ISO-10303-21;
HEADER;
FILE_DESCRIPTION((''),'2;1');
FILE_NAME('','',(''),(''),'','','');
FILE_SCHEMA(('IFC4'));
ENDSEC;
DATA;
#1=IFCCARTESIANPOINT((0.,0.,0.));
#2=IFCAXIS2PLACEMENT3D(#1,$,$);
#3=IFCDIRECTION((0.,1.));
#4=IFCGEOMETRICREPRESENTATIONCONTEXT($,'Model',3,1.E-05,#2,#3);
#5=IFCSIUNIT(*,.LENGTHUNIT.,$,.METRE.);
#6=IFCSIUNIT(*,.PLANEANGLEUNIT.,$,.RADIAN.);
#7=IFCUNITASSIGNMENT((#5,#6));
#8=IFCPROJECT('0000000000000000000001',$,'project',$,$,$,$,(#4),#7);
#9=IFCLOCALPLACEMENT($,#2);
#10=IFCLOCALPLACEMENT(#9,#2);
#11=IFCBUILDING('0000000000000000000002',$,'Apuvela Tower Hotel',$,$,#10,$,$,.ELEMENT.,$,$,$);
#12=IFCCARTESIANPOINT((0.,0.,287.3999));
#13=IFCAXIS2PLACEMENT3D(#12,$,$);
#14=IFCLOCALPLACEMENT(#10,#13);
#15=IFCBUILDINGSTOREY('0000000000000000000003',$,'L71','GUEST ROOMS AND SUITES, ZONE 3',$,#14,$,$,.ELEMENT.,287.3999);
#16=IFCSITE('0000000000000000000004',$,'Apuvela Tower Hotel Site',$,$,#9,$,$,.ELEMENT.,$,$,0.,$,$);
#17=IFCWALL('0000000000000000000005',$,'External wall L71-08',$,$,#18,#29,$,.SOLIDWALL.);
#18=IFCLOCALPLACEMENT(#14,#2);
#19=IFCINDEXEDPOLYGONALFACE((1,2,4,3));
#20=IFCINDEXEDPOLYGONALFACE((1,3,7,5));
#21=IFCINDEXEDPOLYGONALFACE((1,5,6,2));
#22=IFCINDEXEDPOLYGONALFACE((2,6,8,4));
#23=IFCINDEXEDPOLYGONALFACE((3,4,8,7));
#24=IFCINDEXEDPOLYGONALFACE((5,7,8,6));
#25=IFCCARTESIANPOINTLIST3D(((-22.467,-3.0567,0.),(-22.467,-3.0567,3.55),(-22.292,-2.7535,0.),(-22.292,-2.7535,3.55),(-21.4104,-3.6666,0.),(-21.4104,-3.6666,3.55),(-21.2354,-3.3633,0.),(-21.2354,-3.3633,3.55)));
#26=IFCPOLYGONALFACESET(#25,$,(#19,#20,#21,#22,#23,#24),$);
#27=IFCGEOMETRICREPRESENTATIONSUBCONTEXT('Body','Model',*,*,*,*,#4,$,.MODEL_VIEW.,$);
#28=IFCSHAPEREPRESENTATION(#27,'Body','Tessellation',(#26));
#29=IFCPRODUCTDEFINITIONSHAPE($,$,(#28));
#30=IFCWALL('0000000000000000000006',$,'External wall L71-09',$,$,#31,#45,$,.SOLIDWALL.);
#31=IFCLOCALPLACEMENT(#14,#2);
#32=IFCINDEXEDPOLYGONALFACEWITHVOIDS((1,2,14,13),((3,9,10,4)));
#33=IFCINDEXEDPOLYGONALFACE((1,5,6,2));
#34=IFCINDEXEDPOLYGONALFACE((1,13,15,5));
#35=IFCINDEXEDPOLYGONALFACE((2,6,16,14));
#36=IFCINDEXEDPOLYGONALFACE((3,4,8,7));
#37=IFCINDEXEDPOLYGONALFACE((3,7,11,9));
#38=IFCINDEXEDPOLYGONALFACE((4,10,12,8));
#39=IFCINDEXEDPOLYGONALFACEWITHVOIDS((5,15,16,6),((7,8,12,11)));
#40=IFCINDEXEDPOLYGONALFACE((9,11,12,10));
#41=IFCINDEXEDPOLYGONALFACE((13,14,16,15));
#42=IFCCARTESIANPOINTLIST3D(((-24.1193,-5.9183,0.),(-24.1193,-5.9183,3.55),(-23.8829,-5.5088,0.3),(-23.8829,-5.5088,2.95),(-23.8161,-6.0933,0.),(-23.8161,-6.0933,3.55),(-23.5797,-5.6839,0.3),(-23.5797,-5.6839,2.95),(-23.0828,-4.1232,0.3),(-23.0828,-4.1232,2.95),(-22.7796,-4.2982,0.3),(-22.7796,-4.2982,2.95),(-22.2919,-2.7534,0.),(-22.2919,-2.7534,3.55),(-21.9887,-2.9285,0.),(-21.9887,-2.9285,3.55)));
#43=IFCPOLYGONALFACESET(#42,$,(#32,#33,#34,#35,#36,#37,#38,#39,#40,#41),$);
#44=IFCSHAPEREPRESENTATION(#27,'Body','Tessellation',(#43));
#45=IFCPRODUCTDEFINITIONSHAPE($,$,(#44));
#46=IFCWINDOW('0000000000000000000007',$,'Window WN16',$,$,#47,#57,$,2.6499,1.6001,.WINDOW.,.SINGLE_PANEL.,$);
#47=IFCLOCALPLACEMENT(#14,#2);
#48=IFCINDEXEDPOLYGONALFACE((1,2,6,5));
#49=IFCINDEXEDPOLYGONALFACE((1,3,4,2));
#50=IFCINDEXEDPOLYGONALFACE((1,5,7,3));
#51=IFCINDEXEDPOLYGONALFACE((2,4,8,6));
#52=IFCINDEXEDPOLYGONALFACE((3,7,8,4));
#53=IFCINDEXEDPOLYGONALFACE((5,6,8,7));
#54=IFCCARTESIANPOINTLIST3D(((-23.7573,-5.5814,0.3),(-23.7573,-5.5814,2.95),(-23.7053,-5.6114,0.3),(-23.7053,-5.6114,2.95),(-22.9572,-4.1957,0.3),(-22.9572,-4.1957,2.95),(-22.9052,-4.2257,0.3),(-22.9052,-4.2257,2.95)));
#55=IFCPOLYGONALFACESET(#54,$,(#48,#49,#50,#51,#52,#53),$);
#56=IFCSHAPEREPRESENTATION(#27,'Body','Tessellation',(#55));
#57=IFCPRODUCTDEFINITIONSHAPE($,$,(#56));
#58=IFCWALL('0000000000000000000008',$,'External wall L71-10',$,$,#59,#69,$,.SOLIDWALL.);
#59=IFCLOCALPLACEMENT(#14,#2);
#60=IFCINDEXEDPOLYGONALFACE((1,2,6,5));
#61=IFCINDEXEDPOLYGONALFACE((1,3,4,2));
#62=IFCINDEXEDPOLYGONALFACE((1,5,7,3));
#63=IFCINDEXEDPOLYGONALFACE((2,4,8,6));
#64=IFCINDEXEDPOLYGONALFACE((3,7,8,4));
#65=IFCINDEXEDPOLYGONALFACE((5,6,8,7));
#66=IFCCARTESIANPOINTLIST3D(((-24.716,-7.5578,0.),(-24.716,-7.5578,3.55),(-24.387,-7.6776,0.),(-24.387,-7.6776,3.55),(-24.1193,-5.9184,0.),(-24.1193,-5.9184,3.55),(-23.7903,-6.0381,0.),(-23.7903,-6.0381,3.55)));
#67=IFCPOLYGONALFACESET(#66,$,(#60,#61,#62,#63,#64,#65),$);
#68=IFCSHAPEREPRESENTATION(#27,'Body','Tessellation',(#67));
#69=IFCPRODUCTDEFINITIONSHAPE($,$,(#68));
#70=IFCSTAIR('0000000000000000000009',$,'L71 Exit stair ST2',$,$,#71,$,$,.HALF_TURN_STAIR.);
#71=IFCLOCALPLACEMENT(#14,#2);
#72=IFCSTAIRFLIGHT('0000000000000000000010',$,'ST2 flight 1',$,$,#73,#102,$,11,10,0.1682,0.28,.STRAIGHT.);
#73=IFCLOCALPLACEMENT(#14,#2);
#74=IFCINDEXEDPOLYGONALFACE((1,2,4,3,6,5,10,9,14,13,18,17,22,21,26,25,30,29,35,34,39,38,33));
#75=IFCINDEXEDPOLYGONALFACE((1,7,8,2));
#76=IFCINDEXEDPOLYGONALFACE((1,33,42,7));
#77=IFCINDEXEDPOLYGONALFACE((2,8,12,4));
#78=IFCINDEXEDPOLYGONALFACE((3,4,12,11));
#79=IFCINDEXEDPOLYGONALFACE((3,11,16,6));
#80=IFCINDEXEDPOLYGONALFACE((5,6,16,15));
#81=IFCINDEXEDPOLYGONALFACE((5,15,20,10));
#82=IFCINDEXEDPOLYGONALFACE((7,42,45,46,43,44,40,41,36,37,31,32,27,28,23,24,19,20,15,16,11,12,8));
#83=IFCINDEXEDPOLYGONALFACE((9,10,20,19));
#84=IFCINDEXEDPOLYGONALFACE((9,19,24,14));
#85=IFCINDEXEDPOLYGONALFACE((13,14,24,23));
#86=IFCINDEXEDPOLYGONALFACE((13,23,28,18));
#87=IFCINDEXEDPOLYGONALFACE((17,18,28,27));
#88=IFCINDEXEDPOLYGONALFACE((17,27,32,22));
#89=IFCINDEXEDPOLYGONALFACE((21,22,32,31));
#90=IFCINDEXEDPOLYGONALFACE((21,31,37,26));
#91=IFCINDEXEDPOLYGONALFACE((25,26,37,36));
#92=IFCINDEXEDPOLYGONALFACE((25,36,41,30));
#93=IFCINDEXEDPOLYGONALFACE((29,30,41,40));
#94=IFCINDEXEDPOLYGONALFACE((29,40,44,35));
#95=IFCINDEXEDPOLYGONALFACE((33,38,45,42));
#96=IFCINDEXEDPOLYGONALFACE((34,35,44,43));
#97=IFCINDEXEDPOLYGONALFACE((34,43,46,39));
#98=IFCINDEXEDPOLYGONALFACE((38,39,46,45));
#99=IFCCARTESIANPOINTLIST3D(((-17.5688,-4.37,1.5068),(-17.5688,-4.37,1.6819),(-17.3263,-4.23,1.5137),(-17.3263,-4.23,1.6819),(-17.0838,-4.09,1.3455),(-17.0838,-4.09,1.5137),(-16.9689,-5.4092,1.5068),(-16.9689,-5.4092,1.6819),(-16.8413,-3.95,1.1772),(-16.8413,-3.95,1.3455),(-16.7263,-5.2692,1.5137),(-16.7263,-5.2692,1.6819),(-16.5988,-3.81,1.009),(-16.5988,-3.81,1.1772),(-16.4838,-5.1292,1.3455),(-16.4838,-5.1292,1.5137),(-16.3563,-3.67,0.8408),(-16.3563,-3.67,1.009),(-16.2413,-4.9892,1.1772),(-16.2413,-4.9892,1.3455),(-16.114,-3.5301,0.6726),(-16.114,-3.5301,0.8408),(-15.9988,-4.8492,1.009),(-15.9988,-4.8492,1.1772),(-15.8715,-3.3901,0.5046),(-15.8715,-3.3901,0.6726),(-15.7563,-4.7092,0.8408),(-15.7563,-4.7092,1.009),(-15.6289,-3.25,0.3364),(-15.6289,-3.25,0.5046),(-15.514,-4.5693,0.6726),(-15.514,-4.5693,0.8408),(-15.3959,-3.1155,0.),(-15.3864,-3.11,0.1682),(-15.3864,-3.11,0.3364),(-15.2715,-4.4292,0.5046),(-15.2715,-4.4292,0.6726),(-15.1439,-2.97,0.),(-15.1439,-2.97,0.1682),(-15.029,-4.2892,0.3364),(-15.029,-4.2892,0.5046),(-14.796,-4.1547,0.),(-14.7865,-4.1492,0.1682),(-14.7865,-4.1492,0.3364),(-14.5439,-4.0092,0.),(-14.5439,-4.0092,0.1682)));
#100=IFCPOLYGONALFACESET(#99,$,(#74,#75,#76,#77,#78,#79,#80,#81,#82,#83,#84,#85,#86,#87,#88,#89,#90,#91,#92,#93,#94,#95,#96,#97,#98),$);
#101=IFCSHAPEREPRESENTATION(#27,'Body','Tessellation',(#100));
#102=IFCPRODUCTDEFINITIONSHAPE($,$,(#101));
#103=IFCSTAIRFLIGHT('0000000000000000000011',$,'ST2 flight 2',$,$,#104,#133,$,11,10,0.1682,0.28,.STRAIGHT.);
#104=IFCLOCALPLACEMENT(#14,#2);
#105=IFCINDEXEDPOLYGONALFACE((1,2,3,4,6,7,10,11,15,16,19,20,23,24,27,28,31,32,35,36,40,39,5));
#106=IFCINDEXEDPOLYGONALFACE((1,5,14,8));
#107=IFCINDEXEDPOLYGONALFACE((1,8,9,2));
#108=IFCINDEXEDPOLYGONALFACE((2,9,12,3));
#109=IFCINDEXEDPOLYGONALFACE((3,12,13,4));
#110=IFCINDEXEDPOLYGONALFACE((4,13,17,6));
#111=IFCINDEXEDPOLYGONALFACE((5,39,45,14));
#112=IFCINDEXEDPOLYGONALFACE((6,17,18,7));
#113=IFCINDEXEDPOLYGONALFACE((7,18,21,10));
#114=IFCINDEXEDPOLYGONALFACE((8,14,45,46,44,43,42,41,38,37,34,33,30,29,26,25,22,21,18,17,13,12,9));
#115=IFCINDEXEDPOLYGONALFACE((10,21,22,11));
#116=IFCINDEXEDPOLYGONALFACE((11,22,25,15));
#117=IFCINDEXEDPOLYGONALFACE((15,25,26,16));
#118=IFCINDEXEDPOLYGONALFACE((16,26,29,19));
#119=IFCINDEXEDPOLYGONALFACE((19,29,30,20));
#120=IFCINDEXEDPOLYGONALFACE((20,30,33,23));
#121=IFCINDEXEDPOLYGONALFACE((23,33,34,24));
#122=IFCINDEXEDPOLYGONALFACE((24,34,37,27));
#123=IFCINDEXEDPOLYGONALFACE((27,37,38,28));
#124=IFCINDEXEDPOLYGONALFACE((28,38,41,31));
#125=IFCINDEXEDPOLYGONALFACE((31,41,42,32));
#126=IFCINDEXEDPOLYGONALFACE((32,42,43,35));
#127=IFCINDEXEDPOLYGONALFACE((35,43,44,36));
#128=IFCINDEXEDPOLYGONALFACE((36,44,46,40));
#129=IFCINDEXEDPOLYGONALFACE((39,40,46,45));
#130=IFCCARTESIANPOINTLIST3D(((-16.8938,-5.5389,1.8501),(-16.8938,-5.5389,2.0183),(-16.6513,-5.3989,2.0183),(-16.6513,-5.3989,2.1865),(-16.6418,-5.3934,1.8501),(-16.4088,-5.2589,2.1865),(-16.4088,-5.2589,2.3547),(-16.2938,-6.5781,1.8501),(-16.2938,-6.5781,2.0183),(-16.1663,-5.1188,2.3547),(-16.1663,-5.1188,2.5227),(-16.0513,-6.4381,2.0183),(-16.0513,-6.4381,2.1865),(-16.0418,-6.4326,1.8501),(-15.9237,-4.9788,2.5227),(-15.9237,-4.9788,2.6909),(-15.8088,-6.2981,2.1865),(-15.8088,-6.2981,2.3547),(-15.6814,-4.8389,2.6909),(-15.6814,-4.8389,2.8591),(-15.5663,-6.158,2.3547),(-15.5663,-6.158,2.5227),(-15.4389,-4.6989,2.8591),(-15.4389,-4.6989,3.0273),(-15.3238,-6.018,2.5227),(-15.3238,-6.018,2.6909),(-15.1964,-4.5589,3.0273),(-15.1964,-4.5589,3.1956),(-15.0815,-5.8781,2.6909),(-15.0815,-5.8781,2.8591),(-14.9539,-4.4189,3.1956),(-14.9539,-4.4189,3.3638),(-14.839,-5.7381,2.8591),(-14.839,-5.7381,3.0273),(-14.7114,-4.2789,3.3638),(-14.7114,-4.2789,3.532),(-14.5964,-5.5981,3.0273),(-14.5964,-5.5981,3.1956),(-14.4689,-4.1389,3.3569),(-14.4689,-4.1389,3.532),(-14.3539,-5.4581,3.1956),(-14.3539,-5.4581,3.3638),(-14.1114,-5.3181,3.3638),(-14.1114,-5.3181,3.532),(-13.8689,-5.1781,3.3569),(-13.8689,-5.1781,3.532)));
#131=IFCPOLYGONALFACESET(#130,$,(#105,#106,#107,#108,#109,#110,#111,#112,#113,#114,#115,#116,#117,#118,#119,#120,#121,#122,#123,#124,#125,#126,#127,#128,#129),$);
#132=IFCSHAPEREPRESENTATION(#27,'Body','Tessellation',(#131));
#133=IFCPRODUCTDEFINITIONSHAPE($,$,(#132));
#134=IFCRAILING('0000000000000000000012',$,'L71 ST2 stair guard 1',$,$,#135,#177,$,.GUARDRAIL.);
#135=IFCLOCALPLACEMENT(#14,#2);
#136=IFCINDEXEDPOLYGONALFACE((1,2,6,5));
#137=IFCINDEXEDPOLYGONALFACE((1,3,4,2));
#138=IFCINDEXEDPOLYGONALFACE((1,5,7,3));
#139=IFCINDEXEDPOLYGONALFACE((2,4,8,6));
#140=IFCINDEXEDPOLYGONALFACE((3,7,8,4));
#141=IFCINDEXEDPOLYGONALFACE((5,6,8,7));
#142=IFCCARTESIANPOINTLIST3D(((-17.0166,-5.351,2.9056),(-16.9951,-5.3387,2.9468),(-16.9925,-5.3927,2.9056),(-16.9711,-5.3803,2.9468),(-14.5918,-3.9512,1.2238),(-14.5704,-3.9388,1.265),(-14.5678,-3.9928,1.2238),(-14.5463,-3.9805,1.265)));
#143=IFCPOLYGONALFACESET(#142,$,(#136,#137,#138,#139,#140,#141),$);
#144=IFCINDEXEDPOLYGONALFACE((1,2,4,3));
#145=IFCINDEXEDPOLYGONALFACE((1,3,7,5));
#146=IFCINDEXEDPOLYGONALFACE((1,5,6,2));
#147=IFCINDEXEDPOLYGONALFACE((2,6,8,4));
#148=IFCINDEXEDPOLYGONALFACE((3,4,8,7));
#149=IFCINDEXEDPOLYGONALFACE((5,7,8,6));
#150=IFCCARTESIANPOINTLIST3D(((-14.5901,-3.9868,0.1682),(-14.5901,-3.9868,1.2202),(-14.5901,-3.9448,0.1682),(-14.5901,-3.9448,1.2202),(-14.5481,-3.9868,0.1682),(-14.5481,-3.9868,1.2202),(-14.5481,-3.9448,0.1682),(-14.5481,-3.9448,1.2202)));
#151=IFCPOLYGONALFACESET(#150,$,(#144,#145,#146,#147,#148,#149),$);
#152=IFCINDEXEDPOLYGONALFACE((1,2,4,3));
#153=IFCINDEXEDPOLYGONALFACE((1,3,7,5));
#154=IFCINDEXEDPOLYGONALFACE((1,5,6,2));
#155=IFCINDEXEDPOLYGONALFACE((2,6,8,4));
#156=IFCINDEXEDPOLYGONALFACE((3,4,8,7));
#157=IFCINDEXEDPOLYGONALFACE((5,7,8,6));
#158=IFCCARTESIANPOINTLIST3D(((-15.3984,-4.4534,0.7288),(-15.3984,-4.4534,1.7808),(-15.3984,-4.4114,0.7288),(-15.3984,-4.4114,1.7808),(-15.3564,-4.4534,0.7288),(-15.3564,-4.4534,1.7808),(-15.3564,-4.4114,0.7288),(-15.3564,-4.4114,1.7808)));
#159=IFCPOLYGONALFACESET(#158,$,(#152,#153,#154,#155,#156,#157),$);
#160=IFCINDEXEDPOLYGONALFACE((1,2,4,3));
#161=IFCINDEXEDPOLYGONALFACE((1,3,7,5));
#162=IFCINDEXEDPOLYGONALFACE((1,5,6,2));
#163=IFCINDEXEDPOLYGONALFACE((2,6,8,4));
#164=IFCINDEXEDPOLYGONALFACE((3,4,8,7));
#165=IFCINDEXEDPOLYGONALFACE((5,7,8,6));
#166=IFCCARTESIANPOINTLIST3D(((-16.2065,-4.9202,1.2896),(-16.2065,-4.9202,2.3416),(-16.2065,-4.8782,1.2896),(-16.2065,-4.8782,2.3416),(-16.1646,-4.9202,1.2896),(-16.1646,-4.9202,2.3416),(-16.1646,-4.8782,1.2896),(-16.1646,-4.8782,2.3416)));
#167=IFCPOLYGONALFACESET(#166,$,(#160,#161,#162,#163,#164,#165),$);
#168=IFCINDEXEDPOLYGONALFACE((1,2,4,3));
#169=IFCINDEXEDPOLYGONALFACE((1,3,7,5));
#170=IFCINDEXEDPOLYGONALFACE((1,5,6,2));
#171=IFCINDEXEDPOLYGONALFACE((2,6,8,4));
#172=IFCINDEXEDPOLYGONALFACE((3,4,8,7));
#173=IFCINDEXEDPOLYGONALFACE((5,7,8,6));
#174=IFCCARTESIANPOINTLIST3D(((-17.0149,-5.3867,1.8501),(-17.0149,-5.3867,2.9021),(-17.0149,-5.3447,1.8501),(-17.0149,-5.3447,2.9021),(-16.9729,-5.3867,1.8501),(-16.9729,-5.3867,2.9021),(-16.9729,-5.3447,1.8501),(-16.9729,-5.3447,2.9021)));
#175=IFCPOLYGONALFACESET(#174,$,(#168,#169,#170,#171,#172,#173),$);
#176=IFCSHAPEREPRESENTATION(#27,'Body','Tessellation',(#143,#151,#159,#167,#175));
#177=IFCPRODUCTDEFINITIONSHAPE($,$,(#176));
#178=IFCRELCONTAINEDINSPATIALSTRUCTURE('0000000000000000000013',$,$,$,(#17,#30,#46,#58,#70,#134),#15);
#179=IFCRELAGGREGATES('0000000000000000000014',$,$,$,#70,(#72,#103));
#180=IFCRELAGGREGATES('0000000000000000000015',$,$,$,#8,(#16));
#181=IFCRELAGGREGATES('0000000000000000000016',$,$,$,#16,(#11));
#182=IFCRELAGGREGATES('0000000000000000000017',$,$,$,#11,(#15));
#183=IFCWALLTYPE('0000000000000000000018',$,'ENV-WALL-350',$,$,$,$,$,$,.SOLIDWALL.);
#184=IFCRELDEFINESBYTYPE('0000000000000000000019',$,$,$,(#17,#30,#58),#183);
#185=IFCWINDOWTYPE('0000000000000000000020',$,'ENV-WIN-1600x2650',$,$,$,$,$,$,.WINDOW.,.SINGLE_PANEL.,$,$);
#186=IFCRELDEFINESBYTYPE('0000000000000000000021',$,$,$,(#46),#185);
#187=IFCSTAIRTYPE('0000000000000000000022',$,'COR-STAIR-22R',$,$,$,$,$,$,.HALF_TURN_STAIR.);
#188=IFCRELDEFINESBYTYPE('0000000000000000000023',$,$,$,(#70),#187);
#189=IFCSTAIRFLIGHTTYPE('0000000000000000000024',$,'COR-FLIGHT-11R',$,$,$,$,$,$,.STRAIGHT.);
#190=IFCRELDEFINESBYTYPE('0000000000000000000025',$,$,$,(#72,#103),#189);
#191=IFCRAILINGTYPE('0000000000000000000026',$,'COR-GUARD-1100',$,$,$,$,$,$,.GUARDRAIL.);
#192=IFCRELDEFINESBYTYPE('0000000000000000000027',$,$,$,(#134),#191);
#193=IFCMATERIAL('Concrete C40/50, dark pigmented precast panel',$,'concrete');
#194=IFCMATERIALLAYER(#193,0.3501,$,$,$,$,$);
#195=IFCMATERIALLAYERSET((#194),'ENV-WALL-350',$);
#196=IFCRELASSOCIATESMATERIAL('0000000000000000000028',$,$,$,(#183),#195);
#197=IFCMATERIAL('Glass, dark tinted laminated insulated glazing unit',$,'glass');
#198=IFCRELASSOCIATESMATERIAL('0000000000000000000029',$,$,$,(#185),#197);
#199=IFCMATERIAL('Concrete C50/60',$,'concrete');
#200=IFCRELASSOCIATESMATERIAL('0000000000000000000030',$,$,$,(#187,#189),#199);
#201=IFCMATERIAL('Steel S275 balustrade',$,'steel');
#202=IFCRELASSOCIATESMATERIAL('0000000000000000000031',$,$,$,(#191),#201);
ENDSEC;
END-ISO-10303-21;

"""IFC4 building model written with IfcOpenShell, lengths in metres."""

from ifc_helpers import new_model, si_unit, direction, frame, frame_2d, origin, origin_2d, place, context, subcontext, project, spatial, polyline, rectangle, outline, extrude, material, layer, layer_set, type_object, element, fill, aggregate, save


model = new_model("IFC4")

# Units and contexts
model_context = context("Model", 3, precision=1e-05, world=origin(), true_north=direction((0.0, 1.0)))
body_context = subcontext(model_context, "Body", "Model", "MODEL_VIEW")
ifc_project = project(units=[si_unit("LENGTHUNIT", "METRE"), si_unit("PLANEANGLEUNIT", "RADIAN")], contexts=[model_context])

# Site, building, storey
site_placement = place(None, origin())
site = spatial("IfcSite", under=ifc_project, at=site_placement, Name="Apuvela Tower Hotel Site", CompositionType="ELEMENT", RefElevation=0.0)
building_placement = place(site_placement, origin())
building = spatial("IfcBuilding", under=site, at=building_placement, Name="Apuvela Tower Hotel", CompositionType="ELEMENT")
storey_placement = place(building_placement, frame((0.0, 0.0, 287.3999)))
storey = spatial("IfcBuildingStorey", under=building, at=storey_placement, Name="L71", Description="GUEST ROOMS AND SUITES, ZONE 3", CompositionType="ELEMENT", Elevation=287.3999)

# Shared definitions
ifc_material_1 = material(Name="Concrete C50/60", Category="concrete")

# Wall
ifc_material_2 = material(Name="Concrete C40/50, dark pigmented precast panel", Category="concrete")
ifc_layer_1 = layer(ifc_material_2, 0.3501)
ifc_layer_set_1 = layer_set([ifc_layer_1], Name="ENV-WALL-350")
wall_type_1 = type_object("IfcWallType", Name="ENV-WALL-350", PredefinedType="SOLIDWALL", material=ifc_layer_set_1)
wall_1_placement = place(storey_placement, frame((-21.323, -3.5149, 0.0), z_axis=(0.0, 0.0, 1.0), x_axis=(-0.866092, 0.499884, 0.0)))
element("IfcWall", 1, at=wall_1_placement, inside=storey, type_object=wall_type_1, Name="External wall L71-08", PredefinedType="SOLIDWALL", context=body_context, shape_type="SweptSolid", body=[
    extrude(rectangle(XDim=1.22, YDim=0.3501, at=frame_2d((0.6099, 0.0))), origin(), (0.0, 0.0, 1.0), 3.55),
])

# Wall, opening, window
wall_2_placement = place(storey_placement, frame((-22.1404, -2.8411, 0.0), z_axis=(0.0, 0.0, 1.0), x_axis=(-0.500041, -0.866002, 0.0)))
wall_2 = element("IfcWall", 2, at=wall_2_placement, inside=storey, type_object=wall_type_1, Name="External wall L71-09", PredefinedType="SOLIDWALL", context=body_context, shape_type="SweptSolid", body=[
    extrude(rectangle(XDim=3.6545, YDim=0.3501, at=frame_2d((1.8271, 0.0))), origin(), (0.0, 0.0, 1.0), 3.55),
])
opening_1_placement = place(wall_2_placement, frame((1.5815, 0.0, 0.3)))
opening_1 = element("IfcOpeningElement", 3, at=opening_1_placement, cuts=wall_2, PredefinedType="OPENING", context=body_context, shape_type="SweptSolid", body=[
    extrude(rectangle(XDim=1.6001, YDim=2.6499, at=frame_2d((0.8, 1.325))), frame((0.0, 0.1851, 0.0), z_axis=(0.0, -1.0, 0.0), x_axis=(1.0, 0.0, 0.0)), (0.0, 0.0, 1.0), 0.3701),
])
ifc_material_3 = material(Name="Glass, dark tinted laminated insulated glazing unit", Category="glass")
window_type = type_object("IfcWindowType", Name="ENV-WIN-1600x2650", PartitioningType="SINGLE_PANEL", PredefinedType="WINDOW", material=ifc_material_3)
window_placement = place(opening_1_placement, origin())
window = element("IfcWindow", 4, at=window_placement, inside=storey, type_object=window_type, Name="Window WN16", OverallHeight=2.6499, OverallWidth=1.6001, PartitioningType="SINGLE_PANEL", PredefinedType="WINDOW", context=body_context, shape_type="SweptSolid", body=[
    extrude(rectangle(XDim=1.6001, YDim=2.6499, at=frame_2d((0.8, 1.325))), frame((0.0, 0.03, 0.0), z_axis=(0.0, -1.0, 0.0), x_axis=(1.0, 0.0, 0.0)), (0.0, 0.0, 1.0), 0.0601),
])
fill(opening_1, window)

# Wall
wall_3_placement = place(storey_placement, frame((-23.9548, -5.9783, 0.0), z_axis=(0.0, 0.0, 1.0), x_axis=(-0.342013, -0.939695, 0.0)))
element("IfcWall", 5, at=wall_3_placement, inside=storey, type_object=wall_type_1, Name="External wall L71-10", PredefinedType="SOLIDWALL", context=body_context, shape_type="SweptSolid", body=[
    extrude(rectangle(XDim=1.7446, YDim=0.3501, at=frame_2d((0.8723, 0.0))), origin(), (0.0, 0.0, 1.0), 3.55),
])

# Stair, stair flights
stair_type = type_object("IfcStairType", Name="COR-STAIR-22R", PredefinedType="HALF_TURN_STAIR", material=ifc_material_1)
stair_placement = place(storey_placement, origin())
stair = element("IfcStair", 6, at=stair_placement, inside=storey, type_object=stair_type, Name="L71 Exit stair ST2", PredefinedType="HALF_TURN_STAIR")
stair_flight_type = type_object("IfcStairFlightType", Name="COR-FLIGHT-11R", PredefinedType="STRAIGHT", material=ifc_material_1)
stair_flight_1_placement = place(storey_placement, frame((-14.844, -3.4895, 0.0), z_axis=(0.0, 0.0, 1.0), x_axis=(-0.866025, -0.5, 0.0)))
stair_flight_1 = element("IfcStairFlight", 7, at=stair_flight_1_placement, type_object=stair_flight_type, Name="ST2 flight 1", NumberOfRisers=11, NumberOfTreads=10, PredefinedType="STRAIGHT", RiserHeight=0.1682, TreadLength=0.28, context=body_context, shape_type="SweptSolid", body=[
    extrude(outline(polyline([(0.0, 0.0), (0.0, 0.1682), (0.28, 0.1682), (0.28, 0.3364), (0.5601, 0.3364), (0.5601, 0.5046), (0.8401, 0.5046), (0.8401, 0.6726), (1.1201, 0.6726), (1.1201, 0.8408), (1.3999, 0.8408), (1.3999, 1.009), (1.6799, 1.009), (1.6799, 1.1772), (1.96, 1.1772), (1.96, 1.3455), (2.24, 1.3455), (2.24, 1.5137), (2.52, 1.5137), (2.52, 1.6819), (2.8, 1.6819), (2.8, 1.8501), (2.8, 1.5068), (0.291, 0.0), (0.0, 0.0)])), frame((0.0, 0.6001, 0.0), z_axis=(0.0, -1.0, 0.0), x_axis=(1.0, 0.0, 0.0)), (0.0, 0.0, 1.0), 1.2),
])
stair_flight_2_placement = place(storey_placement, frame((-16.5938, -6.0586, 1.8501), z_axis=(0.0, 0.0, 1.0), x_axis=(0.866025, 0.5, 0.0)))
stair_flight_2 = element("IfcStairFlight", 8, at=stair_flight_2_placement, type_object=stair_flight_type, Name="ST2 flight 2", NumberOfRisers=11, NumberOfTreads=10, PredefinedType="STRAIGHT", RiserHeight=0.1682, TreadLength=0.28, context=body_context, shape_type="SweptSolid", body=[
    extrude(outline(polyline([(0.0, 0.0), (0.0, 0.1682), (0.28, 0.1682), (0.28, 0.3364), (0.5601, 0.3364), (0.5601, 0.5046), (0.8401, 0.5046), (0.8401, 0.6726), (1.1201, 0.6726), (1.1201, 0.8408), (1.3999, 0.8408), (1.3999, 1.009), (1.6799, 1.009), (1.6799, 1.1772), (1.96, 1.1772), (1.96, 1.3455), (2.24, 1.3455), (2.24, 1.5137), (2.52, 1.5137), (2.52, 1.6819), (2.8, 1.6819), (2.8, 1.8501), (2.8, 1.5068), (0.291, 0.0), (0.0, 0.0)])), frame((0.0, 0.6001, 0.0), z_axis=(0.0, -1.0, 0.0), x_axis=(1.0, 0.0, 0.0)), (0.0, 0.0, 1.0), 1.2),
])
aggregate(stair, [stair_flight_1, stair_flight_2])

# Railing
ifc_material_4 = material(Name="Steel S275 balustrade", Category="steel")
railing_type_1 = type_object("IfcRailingType", Name="COR-GUARD-1100", PredefinedType="GUARDRAIL", material=ifc_material_4)
railing_1_placement = place(storey_placement, frame((-14.5691, -3.9658, 0.1682)))
element("IfcRailing", 9, at=railing_1_placement, inside=storey, type_object=railing_type_1, Name="L71 ST2 stair guard 1", PredefinedType="GUARDRAIL", context=body_context, shape_type="SweptSolid", body=[
    extrude(rectangle(XDim=0.0481, YDim=0.0481, at=origin_2d()), frame((0.0, 0.0, 1.0762), z_axis=(-0.74239, -0.428601, 0.514934), x_axis=(0.499984, -0.866035, 0.0)), (0.0, 0.0, 1.0), 3.2661),
    extrude(rectangle(XDim=0.042, YDim=0.042, at=origin_2d()), origin(), (0.0, 0.0, 1.0), 1.052),
    extrude(rectangle(XDim=0.042, YDim=0.042, at=origin_2d()), frame((-0.8083, -0.4666, 0.5605)), (0.0, 0.0, 1.0), 1.052),
    extrude(rectangle(XDim=0.042, YDim=0.042, at=origin_2d()), frame((-1.6165, -0.9333, 1.1213)), (0.0, 0.0, 1.0), 1.052),
    extrude(rectangle(XDim=0.042, YDim=0.042, at=origin_2d()), frame((-2.4248, -1.3999, 1.6819)), (0.0, 0.0, 1.0), 1.052),
])

save(model, "model.ifc")
